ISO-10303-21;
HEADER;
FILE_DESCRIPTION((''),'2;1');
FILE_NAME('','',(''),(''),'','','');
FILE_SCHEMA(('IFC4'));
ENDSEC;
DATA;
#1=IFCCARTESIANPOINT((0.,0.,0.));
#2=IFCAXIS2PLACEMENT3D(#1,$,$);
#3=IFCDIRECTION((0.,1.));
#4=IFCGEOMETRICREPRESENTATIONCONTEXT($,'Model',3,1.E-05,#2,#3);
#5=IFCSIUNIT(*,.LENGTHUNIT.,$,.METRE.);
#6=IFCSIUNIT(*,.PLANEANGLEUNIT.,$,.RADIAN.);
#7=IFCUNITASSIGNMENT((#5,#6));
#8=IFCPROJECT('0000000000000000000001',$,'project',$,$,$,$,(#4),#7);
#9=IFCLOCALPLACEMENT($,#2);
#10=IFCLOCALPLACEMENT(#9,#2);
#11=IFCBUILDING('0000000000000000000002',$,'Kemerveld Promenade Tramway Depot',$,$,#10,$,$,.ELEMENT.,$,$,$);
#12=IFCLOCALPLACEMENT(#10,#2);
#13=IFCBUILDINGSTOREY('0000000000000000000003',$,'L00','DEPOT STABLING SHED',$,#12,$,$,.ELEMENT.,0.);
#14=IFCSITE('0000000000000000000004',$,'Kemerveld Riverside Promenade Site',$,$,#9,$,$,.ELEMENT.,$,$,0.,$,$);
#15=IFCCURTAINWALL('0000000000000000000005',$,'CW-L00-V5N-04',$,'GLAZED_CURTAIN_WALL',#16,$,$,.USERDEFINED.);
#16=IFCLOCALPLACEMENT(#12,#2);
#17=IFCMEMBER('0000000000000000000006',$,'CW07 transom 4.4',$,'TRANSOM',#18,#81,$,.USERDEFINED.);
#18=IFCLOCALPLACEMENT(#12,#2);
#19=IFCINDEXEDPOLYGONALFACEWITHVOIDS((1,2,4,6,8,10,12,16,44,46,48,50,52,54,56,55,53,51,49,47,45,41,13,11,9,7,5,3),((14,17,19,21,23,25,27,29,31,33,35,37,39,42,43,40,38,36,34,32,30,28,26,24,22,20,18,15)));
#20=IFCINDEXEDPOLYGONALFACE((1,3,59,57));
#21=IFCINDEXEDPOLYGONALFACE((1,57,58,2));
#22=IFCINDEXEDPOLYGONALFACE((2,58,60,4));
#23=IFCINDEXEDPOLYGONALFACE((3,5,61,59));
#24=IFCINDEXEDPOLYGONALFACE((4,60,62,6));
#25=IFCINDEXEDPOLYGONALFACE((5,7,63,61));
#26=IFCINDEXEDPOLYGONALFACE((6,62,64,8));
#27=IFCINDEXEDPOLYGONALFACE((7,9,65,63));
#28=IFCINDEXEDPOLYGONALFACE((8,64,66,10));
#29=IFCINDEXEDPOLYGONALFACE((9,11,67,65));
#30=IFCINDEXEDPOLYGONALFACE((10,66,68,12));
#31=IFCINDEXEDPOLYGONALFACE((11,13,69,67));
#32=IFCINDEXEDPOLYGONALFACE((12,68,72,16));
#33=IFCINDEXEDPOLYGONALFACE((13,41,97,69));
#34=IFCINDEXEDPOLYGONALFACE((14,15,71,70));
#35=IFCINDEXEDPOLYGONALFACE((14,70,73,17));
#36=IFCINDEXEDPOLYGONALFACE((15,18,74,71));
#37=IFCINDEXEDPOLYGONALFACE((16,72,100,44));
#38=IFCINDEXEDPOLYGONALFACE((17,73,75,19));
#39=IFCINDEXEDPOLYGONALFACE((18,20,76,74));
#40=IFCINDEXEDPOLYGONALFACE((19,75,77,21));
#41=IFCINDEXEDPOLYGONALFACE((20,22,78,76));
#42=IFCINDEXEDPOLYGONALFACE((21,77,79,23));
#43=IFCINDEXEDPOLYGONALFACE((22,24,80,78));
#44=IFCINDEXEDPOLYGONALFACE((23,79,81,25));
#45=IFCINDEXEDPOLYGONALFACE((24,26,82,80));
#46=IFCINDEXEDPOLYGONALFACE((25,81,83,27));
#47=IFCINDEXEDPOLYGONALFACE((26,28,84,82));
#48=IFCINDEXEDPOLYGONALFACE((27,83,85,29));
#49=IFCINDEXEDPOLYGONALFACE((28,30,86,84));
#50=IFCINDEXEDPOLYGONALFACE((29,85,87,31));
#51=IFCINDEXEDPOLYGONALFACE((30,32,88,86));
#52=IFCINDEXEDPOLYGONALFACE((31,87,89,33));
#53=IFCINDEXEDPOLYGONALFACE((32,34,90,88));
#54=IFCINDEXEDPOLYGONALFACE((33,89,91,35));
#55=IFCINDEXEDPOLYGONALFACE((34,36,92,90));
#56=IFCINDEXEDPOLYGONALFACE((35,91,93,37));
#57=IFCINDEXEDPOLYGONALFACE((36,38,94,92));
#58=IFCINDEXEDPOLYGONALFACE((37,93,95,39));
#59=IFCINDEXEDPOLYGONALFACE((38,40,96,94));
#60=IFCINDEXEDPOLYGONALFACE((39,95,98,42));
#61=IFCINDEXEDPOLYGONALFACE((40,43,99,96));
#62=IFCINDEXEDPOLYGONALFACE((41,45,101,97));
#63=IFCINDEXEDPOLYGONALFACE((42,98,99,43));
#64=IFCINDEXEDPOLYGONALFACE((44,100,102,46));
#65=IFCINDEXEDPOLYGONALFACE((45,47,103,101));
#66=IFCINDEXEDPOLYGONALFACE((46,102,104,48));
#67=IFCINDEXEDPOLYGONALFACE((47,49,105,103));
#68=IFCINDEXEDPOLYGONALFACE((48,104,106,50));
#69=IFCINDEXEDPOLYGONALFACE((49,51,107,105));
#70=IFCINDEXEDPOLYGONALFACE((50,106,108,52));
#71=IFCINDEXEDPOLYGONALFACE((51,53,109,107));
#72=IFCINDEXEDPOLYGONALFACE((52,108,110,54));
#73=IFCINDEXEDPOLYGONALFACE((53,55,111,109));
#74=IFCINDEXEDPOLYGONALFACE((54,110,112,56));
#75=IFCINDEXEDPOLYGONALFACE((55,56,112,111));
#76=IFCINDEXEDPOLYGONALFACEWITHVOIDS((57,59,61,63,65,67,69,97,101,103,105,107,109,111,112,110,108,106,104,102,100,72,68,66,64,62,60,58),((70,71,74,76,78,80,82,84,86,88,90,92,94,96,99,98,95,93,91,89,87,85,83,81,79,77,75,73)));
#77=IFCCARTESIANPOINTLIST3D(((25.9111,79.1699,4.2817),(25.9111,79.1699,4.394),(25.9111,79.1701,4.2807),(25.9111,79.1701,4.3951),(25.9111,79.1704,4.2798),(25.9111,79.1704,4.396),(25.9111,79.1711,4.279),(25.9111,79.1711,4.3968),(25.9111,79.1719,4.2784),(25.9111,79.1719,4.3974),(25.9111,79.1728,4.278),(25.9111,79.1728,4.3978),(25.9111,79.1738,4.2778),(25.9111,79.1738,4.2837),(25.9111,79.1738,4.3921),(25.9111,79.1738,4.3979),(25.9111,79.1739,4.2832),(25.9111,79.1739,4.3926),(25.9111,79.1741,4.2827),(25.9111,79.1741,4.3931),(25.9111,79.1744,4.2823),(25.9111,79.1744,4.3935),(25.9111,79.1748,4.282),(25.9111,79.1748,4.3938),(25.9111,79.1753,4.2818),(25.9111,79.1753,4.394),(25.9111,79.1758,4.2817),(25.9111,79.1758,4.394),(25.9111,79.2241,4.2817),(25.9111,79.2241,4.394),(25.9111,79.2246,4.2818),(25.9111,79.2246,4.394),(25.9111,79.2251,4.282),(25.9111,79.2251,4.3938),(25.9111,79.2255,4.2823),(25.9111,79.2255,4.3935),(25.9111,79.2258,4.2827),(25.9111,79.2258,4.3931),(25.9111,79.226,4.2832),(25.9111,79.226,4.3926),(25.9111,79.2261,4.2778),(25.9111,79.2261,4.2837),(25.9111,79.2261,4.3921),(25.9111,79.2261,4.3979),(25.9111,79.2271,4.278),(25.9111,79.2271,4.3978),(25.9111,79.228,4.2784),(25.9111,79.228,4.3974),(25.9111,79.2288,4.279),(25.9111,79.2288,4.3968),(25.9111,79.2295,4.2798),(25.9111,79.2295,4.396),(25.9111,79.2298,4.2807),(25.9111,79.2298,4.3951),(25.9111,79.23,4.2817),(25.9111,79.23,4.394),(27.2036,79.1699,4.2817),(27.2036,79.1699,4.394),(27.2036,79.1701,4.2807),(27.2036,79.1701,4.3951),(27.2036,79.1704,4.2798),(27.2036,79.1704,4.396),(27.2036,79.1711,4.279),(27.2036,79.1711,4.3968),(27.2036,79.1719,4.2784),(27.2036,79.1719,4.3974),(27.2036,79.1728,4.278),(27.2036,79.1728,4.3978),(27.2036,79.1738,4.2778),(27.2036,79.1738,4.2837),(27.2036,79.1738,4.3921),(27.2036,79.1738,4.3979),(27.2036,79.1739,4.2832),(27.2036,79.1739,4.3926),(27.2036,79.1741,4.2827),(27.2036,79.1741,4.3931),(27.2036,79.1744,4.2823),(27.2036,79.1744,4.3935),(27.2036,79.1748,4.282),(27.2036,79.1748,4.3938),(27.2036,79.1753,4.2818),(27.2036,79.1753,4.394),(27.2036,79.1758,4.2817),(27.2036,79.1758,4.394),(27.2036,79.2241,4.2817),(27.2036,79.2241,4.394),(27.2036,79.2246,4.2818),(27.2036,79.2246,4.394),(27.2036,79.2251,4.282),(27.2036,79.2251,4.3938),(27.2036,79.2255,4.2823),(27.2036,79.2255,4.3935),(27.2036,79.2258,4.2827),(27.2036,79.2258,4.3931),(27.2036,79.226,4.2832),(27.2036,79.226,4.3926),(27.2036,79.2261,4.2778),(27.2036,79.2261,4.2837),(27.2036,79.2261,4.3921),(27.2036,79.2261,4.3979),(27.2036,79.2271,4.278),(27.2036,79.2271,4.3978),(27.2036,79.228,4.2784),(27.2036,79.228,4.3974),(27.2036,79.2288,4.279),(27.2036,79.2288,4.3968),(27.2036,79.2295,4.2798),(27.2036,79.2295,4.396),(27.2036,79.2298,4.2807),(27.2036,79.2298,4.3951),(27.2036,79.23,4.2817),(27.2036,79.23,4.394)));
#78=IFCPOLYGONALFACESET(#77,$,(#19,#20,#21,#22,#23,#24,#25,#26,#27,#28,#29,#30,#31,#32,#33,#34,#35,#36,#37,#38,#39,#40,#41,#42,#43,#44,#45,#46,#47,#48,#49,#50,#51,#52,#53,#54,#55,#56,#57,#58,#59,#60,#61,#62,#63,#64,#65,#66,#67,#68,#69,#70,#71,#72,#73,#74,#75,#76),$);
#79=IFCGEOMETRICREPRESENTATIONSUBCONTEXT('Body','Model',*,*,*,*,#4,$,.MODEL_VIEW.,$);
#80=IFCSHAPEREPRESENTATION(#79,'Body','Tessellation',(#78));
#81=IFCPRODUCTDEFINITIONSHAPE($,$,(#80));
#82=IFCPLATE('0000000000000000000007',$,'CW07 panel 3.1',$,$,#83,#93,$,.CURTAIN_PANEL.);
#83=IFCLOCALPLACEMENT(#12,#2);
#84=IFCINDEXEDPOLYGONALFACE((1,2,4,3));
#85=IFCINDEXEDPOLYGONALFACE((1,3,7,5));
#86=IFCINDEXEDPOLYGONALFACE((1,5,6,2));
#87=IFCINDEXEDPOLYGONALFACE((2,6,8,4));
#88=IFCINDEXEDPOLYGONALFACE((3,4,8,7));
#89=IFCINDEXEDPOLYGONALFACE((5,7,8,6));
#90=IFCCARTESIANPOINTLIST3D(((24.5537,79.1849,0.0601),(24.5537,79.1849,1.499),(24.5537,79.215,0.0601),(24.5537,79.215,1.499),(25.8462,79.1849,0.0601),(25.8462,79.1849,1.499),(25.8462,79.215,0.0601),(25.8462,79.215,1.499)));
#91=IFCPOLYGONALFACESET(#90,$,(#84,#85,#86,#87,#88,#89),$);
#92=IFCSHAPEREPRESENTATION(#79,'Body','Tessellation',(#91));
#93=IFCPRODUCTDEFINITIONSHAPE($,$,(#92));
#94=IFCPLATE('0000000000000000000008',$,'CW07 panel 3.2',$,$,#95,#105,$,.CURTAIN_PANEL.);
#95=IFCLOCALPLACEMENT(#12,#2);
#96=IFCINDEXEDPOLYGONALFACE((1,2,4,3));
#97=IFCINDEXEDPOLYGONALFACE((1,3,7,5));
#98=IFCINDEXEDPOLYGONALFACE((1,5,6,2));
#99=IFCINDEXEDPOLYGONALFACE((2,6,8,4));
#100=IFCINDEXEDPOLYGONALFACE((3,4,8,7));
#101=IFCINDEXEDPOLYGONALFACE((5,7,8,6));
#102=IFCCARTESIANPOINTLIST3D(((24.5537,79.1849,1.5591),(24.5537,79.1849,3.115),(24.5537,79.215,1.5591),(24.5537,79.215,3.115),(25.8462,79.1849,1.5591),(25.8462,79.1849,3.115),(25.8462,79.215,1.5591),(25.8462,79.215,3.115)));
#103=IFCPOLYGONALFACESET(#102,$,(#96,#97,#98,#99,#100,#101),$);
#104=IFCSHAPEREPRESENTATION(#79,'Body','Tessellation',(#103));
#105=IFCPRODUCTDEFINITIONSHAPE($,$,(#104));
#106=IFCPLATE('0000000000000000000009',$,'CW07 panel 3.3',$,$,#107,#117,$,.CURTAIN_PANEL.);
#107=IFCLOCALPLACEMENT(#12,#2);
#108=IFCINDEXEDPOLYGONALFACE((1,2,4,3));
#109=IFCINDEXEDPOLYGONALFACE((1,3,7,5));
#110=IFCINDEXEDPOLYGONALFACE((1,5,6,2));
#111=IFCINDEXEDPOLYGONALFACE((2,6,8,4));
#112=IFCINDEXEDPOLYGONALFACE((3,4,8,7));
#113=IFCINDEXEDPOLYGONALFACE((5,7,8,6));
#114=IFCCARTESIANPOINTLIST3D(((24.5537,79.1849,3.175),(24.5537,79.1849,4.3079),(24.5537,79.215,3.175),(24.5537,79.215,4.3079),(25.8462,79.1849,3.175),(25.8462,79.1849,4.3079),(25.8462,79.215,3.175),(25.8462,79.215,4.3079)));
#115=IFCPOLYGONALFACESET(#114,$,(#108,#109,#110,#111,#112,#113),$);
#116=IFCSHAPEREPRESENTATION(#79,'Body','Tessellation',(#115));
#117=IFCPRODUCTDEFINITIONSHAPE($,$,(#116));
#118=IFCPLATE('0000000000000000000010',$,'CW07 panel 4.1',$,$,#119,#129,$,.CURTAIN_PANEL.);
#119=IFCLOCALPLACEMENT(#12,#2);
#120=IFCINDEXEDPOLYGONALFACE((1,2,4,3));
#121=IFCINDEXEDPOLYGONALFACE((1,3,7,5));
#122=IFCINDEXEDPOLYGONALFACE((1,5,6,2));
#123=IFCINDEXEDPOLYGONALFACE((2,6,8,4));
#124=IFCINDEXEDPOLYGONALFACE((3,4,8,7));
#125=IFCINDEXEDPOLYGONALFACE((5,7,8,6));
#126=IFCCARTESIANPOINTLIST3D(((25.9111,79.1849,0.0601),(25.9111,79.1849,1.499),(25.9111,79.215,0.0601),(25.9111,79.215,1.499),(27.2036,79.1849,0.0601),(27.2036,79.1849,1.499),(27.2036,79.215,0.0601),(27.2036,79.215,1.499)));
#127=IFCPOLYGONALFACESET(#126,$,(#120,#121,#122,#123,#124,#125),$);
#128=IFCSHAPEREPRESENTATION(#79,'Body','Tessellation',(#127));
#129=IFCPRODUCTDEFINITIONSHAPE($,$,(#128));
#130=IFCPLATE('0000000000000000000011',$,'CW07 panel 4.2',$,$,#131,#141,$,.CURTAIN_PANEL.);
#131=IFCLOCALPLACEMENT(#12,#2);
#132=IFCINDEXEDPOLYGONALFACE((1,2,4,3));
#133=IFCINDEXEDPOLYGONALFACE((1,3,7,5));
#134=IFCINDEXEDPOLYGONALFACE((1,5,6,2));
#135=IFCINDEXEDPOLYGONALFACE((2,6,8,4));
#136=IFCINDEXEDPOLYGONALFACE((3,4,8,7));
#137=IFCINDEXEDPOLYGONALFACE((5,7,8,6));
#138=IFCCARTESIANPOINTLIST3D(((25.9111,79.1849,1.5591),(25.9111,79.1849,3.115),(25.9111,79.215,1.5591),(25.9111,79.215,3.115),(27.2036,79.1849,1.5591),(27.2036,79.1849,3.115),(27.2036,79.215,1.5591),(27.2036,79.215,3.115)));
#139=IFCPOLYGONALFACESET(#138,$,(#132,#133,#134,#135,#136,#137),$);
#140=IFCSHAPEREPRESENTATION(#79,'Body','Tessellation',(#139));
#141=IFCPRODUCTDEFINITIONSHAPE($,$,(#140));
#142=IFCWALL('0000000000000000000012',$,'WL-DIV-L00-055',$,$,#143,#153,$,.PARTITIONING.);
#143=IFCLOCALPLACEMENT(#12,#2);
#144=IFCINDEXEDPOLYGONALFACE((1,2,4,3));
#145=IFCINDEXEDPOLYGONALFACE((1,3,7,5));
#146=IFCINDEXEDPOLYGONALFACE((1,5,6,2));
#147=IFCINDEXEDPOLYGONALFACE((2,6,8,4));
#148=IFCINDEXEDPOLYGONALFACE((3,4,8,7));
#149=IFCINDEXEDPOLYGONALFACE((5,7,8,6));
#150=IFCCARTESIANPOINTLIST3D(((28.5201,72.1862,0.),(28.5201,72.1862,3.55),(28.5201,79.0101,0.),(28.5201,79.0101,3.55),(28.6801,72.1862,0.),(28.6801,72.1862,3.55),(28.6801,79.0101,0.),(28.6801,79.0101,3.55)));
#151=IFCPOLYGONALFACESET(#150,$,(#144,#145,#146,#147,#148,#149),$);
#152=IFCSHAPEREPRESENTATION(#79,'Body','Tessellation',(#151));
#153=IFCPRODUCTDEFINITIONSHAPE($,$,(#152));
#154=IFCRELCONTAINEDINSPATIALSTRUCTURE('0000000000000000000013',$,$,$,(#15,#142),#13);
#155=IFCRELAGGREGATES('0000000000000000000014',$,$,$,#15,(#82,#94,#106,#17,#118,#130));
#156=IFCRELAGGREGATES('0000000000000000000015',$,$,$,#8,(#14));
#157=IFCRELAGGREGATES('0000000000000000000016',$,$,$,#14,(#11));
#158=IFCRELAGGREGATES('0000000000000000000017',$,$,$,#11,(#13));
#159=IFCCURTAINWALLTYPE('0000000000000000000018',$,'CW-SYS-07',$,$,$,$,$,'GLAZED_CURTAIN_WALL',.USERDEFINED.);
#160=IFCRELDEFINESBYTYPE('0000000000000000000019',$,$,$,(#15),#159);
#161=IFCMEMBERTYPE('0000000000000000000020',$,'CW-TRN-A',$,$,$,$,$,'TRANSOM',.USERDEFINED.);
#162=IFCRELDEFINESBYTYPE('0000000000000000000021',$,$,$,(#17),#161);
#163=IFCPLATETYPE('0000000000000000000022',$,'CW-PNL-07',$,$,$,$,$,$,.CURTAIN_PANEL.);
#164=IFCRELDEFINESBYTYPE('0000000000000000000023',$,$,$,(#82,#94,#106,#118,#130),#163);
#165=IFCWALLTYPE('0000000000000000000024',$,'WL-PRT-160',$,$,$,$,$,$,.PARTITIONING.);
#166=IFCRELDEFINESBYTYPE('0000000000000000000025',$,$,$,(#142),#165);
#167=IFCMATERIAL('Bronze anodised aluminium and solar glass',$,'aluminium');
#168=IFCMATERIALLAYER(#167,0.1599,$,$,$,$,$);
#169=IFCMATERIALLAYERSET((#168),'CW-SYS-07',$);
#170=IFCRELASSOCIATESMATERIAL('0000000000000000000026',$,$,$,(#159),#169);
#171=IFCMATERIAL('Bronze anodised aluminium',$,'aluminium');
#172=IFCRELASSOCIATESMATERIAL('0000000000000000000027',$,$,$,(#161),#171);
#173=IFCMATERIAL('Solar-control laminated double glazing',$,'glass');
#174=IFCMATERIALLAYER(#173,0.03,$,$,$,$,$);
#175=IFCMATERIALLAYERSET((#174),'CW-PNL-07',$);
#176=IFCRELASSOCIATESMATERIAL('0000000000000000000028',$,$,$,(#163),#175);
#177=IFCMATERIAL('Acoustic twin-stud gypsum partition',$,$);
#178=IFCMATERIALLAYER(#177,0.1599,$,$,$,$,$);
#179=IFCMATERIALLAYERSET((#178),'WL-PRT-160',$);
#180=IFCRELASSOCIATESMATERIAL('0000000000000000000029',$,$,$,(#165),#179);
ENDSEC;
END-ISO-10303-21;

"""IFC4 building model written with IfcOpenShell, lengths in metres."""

from ifc_helpers import new_model, si_unit, direction, frame, frame_2d, origin, origin_2d, place, context, subcontext, project, spatial, rectangle, hollow_rectangle, extrude, material, layer, layer_set, material_profile, profile_set, type_object, element, aggregate, save


model = new_model("IFC4")

# Units and contexts
model_context = context("Model", 3, precision=1e-05, world=origin(), true_north=direction((0.0, 1.0)))
body_context = subcontext(model_context, "Body", "Model", "MODEL_VIEW")
ifc_project = project(units=[si_unit("LENGTHUNIT", "METRE"), si_unit("PLANEANGLEUNIT", "RADIAN")], contexts=[model_context])

# Site, building, storey
site_placement = place(None, origin())
site = spatial("IfcSite", under=ifc_project, at=site_placement, Name="Kemerveld Riverside Promenade Site", CompositionType="ELEMENT", RefElevation=0.0)
building_placement = place(site_placement, origin())
building = spatial("IfcBuilding", under=site, at=building_placement, Name="Kemerveld Promenade Tramway Depot", CompositionType="ELEMENT")
storey_placement = place(building_placement, origin())
storey = spatial("IfcBuildingStorey", under=building, at=storey_placement, Name="L00", Description="DEPOT STABLING SHED", CompositionType="ELEMENT", Elevation=0.0)

# Curtain wall, member, plates
ifc_material_1 = material(Name="Bronze anodised aluminium and solar glass", Category="aluminium")
ifc_layer_1 = layer(ifc_material_1, 0.1599)
ifc_layer_set_1 = layer_set([ifc_layer_1], Name="CW-SYS-07")
curtain_wall_type = type_object("IfcCurtainWallType", Name="CW-SYS-07", ElementType="GLAZED_CURTAIN_WALL", PredefinedType="USERDEFINED", material=ifc_layer_set_1)
curtain_wall_placement = place(storey_placement, origin())
curtain_wall = element("IfcCurtainWall", 1, at=curtain_wall_placement, inside=storey, type_object=curtain_wall_type, Name="CW-L00-V5N-04", ObjectType="GLAZED_CURTAIN_WALL", PredefinedType="USERDEFINED")
ifc_material_2 = material(Name="Bronze anodised aluminium", Category="aluminium")
ifc_material_profile_1 = material_profile(ifc_material_2, hollow_rectangle(XDim=0.0601, YDim=0.1201, WallThickness=0.0039, InnerFilletRadius=0.002, OuterFilletRadius=0.0039, at=origin_2d()), Name="CW-TRN-120x60")
ifc_profile_set_1 = profile_set([ifc_material_profile_1], Name="Bronze anodised aluminium")
member_type_1 = type_object("IfcMemberType", Name="CW-TRN-A", ElementType="TRANSOM", PredefinedType="USERDEFINED", material=ifc_profile_set_1)
member_1_placement = place(storey_placement, frame((25.9111, 79.2, 4.3379), z_axis=(1.0, 0.0, 0.0), x_axis=(0.0, 1.0, 0.0)))
member_1 = element("IfcMember", 2, at=member_1_placement, type_object=member_type_1, Name="CW07 transom 4.4", ObjectType="TRANSOM", PredefinedType="USERDEFINED", context=body_context, shape_type="SweptSolid", body=[
    extrude(hollow_rectangle(XDim=0.0601, YDim=0.1201, WallThickness=0.0039, InnerFilletRadius=0.002, OuterFilletRadius=0.0039, at=origin_2d()), origin(), (0.0, 0.0, 1.0), 1.2925),
])
ifc_material_3 = material(Name="Solar-control laminated double glazing", Category="glass")
ifc_layer_2 = layer(ifc_material_3, 0.03)
ifc_layer_set_2 = layer_set([ifc_layer_2], Name="CW-PNL-07")
plate_type = type_object("IfcPlateType", Name="CW-PNL-07", PredefinedType="CURTAIN_PANEL", material=ifc_layer_set_2)
plate_1_placement = place(storey_placement, frame((25.2, 79.2, 0.0601), z_axis=(0.0, 0.0, 1.0), x_axis=(1.0, 0.0, 0.0)))
plate_1 = element("IfcPlate", 3, at=plate_1_placement, type_object=plate_type, Name="CW07 panel 3.1", PredefinedType="CURTAIN_PANEL", context=body_context, shape_type="SweptSolid", body=[
    extrude(rectangle(XDim=1.2925, YDim=0.03, at=origin_2d()), origin(), (0.0, 0.0, 1.0), 1.439),
])
plate_2_placement = place(storey_placement, frame((25.2, 79.2, 1.5591), z_axis=(0.0, 0.0, 1.0), x_axis=(1.0, 0.0, 0.0)))
plate_2 = element("IfcPlate", 4, at=plate_2_placement, type_object=plate_type, Name="CW07 panel 3.2", PredefinedType="CURTAIN_PANEL", context=body_context, shape_type="SweptSolid", body=[
    extrude(rectangle(XDim=1.2925, YDim=0.03, at=origin_2d()), origin(), (0.0, 0.0, 1.0), 1.5559),
])
plate_3_placement = place(storey_placement, frame((25.2, 79.2, 3.175), z_axis=(0.0, 0.0, 1.0), x_axis=(1.0, 0.0, 0.0)))
plate_3 = element("IfcPlate", 5, at=plate_3_placement, type_object=plate_type, Name="CW07 panel 3.3", PredefinedType="CURTAIN_PANEL", context=body_context, shape_type="SweptSolid", body=[
    extrude(rectangle(XDim=1.2925, YDim=0.03, at=origin_2d()), origin(), (0.0, 0.0, 1.0), 1.1328),
])
plate_4_placement = place(storey_placement, frame((26.5574, 79.2, 0.0601), z_axis=(0.0, 0.0, 1.0), x_axis=(1.0, 0.0, 0.0)))
plate_4 = element("IfcPlate", 6, at=plate_4_placement, type_object=plate_type, Name="CW07 panel 4.1", PredefinedType="CURTAIN_PANEL", context=body_context, shape_type="SweptSolid", body=[
    extrude(rectangle(XDim=1.2925, YDim=0.03, at=origin_2d()), origin(), (0.0, 0.0, 1.0), 1.439),
])
plate_5_placement = place(storey_placement, frame((26.5574, 79.2, 1.5591), z_axis=(0.0, 0.0, 1.0), x_axis=(1.0, 0.0, 0.0)))
plate_5 = element("IfcPlate", 7, at=plate_5_placement, type_object=plate_type, Name="CW07 panel 4.2", PredefinedType="CURTAIN_PANEL", context=body_context, shape_type="SweptSolid", body=[
    extrude(rectangle(XDim=1.2925, YDim=0.03, at=origin_2d()), origin(), (0.0, 0.0, 1.0), 1.5559),
])
aggregate(curtain_wall, [plate_1, plate_2, plate_3, member_1, plate_4, plate_5])

# Wall
ifc_material_4 = material(Name="Acoustic twin-stud gypsum partition")
ifc_layer_3 = layer(ifc_material_4, 0.1599)
ifc_layer_set_3 = layer_set([ifc_layer_3], Name="WL-PRT-160")
wall_type = type_object("IfcWallType", Name="WL-PRT-160", PredefinedType="PARTITIONING", material=ifc_layer_set_3)
wall_placement = place(storey_placement, frame((28.6001, 72.186, 0.0), z_axis=(0.0, 0.0, 1.0), x_axis=(0.0, 1.0, 0.0)))
element("IfcWall", 8, at=wall_placement, inside=storey, type_object=wall_type, Name="WL-DIV-L00-055", PredefinedType="PARTITIONING", context=body_context, shape_type="SweptSolid", body=[
    extrude(rectangle(XDim=6.824, YDim=0.1599, at=frame_2d((3.4121, 0.0))), origin(), (0.0, 0.0, 1.0), 3.55),
])

save(model, "model.ifc")
